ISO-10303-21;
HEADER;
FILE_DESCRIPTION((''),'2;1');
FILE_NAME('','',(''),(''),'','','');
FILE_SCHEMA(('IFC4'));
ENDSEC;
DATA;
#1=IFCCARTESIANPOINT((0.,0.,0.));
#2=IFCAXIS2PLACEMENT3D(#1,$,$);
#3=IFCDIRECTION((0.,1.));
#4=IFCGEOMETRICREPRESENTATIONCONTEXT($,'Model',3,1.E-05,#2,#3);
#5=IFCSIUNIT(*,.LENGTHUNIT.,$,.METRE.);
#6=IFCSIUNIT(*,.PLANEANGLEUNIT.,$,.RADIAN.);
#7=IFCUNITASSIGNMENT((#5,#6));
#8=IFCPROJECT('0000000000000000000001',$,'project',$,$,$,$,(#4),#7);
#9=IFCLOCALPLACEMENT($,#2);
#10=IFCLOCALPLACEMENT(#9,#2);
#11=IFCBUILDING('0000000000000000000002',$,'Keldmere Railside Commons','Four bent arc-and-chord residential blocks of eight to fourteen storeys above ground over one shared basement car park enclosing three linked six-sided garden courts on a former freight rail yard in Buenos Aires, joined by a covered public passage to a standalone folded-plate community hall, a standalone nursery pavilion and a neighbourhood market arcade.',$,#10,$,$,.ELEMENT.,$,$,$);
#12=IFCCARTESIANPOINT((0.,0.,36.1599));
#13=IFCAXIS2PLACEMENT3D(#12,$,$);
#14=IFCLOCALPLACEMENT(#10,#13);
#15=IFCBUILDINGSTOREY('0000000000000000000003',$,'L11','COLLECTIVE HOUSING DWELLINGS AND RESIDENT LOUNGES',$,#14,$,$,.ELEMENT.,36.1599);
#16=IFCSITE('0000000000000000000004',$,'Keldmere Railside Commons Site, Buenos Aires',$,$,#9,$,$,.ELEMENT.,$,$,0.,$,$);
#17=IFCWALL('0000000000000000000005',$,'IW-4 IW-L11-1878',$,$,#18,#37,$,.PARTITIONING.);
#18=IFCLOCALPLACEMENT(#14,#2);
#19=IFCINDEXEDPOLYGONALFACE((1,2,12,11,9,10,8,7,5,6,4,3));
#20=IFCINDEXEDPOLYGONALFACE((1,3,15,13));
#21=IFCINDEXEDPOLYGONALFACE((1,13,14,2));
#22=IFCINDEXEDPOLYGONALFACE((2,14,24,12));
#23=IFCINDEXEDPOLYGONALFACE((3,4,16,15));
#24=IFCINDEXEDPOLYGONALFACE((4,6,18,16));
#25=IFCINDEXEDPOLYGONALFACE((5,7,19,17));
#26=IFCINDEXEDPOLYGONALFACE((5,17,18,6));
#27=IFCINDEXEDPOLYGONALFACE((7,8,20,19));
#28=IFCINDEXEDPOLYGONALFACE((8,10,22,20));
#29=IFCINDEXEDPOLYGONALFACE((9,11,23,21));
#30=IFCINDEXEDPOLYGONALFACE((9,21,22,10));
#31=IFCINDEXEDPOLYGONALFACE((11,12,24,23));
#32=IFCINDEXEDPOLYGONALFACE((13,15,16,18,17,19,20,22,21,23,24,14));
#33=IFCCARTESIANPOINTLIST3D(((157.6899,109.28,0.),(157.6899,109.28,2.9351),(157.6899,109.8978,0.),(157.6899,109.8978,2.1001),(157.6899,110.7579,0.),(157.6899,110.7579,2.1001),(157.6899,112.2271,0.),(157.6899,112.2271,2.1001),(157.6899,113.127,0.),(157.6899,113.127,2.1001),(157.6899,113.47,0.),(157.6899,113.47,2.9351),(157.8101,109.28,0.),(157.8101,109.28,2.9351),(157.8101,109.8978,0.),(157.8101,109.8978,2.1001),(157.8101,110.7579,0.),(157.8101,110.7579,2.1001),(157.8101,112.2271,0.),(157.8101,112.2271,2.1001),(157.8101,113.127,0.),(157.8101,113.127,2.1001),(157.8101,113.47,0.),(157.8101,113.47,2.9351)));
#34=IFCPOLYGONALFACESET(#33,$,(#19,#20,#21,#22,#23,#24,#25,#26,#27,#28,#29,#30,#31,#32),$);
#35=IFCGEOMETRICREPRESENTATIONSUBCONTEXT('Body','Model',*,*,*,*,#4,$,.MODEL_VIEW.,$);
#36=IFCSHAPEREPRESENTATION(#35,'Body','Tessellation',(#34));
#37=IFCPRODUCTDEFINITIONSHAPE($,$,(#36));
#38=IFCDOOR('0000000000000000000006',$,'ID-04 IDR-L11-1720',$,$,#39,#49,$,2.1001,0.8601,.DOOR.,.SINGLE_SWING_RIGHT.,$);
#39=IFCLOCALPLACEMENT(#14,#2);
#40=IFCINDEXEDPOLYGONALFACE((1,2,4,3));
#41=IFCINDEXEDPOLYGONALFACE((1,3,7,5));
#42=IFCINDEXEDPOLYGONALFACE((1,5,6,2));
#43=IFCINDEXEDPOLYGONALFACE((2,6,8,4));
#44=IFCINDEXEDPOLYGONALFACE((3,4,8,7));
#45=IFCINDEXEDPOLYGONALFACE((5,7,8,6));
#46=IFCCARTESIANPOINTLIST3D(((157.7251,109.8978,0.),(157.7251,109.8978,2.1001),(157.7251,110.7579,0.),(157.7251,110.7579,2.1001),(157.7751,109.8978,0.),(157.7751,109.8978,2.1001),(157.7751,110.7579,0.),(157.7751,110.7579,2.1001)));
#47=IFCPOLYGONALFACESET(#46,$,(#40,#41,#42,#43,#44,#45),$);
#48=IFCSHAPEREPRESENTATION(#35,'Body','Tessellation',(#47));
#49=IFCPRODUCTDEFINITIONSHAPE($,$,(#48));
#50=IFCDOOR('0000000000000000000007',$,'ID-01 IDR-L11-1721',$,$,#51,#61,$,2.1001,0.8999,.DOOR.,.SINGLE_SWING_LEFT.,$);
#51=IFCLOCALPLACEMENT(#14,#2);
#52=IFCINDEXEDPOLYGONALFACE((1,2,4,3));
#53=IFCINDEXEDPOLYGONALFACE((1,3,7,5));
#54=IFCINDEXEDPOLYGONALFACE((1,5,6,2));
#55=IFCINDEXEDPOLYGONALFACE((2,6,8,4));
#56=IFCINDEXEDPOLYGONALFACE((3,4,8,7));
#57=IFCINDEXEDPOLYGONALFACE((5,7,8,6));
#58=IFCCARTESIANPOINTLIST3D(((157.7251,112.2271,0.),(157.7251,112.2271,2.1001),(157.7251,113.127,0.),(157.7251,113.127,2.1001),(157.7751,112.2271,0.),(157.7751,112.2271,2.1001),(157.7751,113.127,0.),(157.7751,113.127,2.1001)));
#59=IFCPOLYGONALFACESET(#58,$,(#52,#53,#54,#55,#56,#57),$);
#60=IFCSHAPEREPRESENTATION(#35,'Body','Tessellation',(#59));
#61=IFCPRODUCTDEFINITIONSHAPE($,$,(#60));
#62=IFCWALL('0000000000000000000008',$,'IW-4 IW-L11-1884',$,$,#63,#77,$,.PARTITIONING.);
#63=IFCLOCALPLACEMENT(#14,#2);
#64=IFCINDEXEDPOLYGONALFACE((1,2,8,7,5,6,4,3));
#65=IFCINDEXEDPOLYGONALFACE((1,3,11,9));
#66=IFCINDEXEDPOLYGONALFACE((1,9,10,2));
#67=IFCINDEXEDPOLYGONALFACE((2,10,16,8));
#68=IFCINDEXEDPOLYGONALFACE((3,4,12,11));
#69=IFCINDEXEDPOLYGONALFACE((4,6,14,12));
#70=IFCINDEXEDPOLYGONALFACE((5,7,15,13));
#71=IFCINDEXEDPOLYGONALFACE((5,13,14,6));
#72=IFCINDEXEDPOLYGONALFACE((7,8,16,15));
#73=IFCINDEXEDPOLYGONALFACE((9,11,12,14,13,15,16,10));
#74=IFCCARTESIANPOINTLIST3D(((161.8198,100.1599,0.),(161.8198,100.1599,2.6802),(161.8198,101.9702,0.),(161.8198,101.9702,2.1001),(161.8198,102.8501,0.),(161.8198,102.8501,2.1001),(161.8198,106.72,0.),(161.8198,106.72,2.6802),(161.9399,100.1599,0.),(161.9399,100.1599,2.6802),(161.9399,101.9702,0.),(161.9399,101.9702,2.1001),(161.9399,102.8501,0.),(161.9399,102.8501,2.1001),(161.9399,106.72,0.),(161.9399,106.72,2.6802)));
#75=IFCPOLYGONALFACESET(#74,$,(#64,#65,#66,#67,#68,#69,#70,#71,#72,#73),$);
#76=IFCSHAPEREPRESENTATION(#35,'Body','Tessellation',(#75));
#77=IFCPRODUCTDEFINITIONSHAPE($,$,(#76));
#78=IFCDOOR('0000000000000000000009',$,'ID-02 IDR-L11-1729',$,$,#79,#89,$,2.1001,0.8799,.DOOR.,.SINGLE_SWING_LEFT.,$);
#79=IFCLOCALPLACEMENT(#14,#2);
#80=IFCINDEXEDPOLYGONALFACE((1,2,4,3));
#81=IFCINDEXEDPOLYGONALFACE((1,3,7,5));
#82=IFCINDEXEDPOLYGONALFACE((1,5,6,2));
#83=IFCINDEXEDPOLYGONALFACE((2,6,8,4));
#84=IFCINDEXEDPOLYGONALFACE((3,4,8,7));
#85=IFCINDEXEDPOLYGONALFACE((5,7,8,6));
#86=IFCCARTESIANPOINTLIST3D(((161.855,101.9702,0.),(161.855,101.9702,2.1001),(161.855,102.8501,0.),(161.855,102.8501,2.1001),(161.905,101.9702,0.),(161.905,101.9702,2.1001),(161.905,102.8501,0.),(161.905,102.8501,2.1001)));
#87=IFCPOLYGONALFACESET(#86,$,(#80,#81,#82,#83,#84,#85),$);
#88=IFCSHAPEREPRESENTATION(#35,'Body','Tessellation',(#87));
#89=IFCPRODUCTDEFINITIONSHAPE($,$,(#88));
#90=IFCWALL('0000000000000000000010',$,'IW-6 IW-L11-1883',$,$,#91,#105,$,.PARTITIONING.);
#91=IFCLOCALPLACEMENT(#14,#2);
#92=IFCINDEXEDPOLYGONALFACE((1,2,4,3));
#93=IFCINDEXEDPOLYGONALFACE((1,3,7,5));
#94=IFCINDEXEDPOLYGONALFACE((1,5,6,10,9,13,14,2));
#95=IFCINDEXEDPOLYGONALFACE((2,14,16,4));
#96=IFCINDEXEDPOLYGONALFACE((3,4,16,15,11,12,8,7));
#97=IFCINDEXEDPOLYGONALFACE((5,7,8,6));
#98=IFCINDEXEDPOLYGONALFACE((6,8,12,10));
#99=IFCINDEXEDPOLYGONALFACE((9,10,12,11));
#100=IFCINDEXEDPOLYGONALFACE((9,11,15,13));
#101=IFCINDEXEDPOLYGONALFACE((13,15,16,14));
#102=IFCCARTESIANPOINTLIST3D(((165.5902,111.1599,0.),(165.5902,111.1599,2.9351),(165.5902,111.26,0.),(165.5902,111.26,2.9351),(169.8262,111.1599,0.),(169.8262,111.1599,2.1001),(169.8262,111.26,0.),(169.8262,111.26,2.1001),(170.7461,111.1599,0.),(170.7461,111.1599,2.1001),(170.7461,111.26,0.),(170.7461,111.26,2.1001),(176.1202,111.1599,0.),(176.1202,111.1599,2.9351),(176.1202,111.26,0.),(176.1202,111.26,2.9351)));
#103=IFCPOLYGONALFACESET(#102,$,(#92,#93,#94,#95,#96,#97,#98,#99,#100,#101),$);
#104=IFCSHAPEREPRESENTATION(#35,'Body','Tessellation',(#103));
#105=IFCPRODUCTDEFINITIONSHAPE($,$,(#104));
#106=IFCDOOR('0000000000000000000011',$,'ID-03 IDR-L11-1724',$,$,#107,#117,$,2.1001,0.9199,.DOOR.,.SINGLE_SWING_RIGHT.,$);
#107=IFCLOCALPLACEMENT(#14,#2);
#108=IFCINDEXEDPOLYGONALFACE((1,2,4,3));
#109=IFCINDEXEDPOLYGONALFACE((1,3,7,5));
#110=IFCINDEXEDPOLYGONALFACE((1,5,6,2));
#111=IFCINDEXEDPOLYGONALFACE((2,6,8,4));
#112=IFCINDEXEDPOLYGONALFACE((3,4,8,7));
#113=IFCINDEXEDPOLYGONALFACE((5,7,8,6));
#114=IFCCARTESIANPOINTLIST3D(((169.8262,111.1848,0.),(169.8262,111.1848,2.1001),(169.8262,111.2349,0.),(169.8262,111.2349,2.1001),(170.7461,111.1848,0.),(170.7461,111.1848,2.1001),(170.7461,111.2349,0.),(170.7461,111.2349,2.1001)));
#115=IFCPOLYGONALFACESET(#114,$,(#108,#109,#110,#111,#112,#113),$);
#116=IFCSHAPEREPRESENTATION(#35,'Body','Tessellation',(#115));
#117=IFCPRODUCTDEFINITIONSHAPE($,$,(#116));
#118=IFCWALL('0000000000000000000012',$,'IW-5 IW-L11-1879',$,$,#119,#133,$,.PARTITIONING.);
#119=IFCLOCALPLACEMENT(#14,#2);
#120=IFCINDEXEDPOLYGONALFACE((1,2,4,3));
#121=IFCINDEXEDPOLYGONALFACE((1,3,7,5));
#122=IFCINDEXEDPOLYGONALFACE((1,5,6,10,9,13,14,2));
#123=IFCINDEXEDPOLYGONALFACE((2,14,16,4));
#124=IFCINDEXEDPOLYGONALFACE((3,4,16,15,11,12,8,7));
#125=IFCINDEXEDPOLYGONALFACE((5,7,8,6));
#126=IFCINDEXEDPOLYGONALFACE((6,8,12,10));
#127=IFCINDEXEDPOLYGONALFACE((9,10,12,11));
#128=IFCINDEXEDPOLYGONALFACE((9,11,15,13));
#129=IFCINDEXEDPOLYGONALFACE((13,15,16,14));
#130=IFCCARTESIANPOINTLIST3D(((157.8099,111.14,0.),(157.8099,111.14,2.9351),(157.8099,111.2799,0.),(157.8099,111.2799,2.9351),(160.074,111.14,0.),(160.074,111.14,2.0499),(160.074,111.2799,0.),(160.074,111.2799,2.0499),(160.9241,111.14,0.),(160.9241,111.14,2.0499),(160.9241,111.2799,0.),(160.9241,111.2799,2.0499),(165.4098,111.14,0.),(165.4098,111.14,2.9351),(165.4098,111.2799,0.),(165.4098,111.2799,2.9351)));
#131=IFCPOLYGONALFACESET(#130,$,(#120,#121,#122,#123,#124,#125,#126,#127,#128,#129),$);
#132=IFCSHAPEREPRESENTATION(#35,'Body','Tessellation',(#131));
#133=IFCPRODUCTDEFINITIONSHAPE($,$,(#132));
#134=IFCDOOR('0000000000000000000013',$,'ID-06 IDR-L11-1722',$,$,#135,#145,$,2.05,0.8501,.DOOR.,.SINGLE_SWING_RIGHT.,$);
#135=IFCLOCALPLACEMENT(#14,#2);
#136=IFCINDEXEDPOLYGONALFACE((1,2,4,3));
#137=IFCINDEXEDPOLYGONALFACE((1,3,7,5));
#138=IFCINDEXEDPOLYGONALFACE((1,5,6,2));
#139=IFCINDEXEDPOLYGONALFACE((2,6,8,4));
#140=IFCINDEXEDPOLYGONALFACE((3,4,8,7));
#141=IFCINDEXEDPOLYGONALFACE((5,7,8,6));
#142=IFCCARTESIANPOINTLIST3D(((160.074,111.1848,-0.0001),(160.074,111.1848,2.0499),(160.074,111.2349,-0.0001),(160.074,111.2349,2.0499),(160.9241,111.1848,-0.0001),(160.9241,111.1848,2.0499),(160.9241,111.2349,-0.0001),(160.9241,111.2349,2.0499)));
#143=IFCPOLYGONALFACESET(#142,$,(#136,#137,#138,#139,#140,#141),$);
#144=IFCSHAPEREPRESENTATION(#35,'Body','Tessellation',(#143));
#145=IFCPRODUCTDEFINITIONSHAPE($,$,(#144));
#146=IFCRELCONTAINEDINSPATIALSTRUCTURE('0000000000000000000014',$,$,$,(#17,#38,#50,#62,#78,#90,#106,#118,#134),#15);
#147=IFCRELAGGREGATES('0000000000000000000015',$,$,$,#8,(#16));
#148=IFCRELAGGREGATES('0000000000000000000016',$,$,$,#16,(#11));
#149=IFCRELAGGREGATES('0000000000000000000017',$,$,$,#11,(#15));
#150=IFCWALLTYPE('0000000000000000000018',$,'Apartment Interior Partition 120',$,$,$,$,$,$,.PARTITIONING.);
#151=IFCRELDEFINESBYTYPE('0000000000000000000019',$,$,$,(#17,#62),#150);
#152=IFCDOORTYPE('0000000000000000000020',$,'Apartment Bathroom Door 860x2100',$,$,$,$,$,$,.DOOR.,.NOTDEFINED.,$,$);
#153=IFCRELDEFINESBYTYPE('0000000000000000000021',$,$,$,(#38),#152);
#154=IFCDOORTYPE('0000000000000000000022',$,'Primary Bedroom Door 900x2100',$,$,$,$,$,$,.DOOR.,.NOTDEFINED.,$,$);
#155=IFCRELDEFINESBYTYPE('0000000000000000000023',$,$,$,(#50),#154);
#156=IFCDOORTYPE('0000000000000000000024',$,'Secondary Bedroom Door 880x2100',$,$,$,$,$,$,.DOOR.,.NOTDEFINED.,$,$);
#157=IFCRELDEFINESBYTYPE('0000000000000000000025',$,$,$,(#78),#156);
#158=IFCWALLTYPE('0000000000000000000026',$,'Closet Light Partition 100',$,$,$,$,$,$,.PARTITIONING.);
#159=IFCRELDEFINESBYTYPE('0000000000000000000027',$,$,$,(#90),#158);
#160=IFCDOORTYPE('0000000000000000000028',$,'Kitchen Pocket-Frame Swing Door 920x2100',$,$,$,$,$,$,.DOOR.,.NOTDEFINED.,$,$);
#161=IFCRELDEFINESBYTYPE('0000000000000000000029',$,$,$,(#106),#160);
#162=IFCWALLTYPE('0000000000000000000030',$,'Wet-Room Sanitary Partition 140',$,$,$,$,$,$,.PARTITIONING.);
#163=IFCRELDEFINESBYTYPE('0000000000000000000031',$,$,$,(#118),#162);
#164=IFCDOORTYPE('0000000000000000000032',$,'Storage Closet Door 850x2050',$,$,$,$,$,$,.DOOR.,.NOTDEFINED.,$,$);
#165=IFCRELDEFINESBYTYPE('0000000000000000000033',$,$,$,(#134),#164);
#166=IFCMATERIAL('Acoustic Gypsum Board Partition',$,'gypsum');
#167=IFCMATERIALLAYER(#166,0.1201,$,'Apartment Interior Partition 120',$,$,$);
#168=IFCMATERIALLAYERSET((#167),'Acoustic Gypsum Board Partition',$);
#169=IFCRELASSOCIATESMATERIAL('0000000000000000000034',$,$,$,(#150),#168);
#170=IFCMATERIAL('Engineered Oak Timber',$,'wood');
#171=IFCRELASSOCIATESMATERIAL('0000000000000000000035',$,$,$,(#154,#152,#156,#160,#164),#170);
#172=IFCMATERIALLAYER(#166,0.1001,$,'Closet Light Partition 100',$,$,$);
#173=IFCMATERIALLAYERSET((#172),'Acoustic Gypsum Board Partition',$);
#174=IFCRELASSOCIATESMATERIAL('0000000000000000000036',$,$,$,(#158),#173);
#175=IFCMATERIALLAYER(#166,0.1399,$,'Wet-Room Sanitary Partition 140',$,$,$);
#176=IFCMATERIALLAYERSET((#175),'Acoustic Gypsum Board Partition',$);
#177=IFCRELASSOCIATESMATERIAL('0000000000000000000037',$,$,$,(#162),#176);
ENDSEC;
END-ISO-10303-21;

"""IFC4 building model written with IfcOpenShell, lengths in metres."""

from ifc_helpers import new_model, si_unit, direction, frame, frame_2d, origin, place, context, subcontext, project, spatial, rectangle, extrude, material, layer, layer_set, type_object, element, fill, save


model = new_model("IFC4")

# Units and contexts
model_context = context("Model", 3, precision=1e-05, world=origin(), true_north=direction((0.0, 1.0)))
body_context = subcontext(model_context, "Body", "Model", "MODEL_VIEW")
ifc_project = project(units=[si_unit("LENGTHUNIT", "METRE"), si_unit("PLANEANGLEUNIT", "RADIAN")], contexts=[model_context])

# Site, building, storey
site_placement = place(None, origin())
site = spatial("IfcSite", under=ifc_project, at=site_placement, Name="Keldmere Railside Commons Site, Buenos Aires", CompositionType="ELEMENT", RefElevation=0.0)
building_placement = place(site_placement, origin())
building = spatial("IfcBuilding", under=site, at=building_placement, Name="Keldmere Railside Commons", Description="Four bent arc-and-chord residential blocks of eight to fourteen storeys above ground over one shared basement car park enclosing three linked six-sided garden courts on a former freight rail yard in Buenos Aires, joined by a covered public passage to a standalone folded-plate community hall, a standalone nursery pavilion and a neighbourhood market arcade.", CompositionType="ELEMENT")
storey_placement = place(building_placement, frame((0.0, 0.0, 36.1599)))
storey = spatial("IfcBuildingStorey", under=building, at=storey_placement, Name="L11", Description="COLLECTIVE HOUSING DWELLINGS AND RESIDENT LOUNGES", CompositionType="ELEMENT", Elevation=36.1599)

# Shared definitions
ifc_material_1 = material(Name="Acoustic Gypsum Board Partition", Category="gypsum")

# Shared definitions
ifc_layer_1 = layer(ifc_material_1, 0.1201, Name="Apartment Interior Partition 120")
ifc_layer_set_1 = layer_set([ifc_layer_1], Name="Acoustic Gypsum Board Partition")
wall_type_1 = type_object("IfcWallType", Name="Apartment Interior Partition 120", PredefinedType="PARTITIONING", material=ifc_layer_set_1)
ifc_material_2 = material(Name="Engineered Oak Timber", Category="wood")
door_type_1 = type_object("IfcDoorType", Name="Primary Bedroom Door 900x2100", OperationType="NOTDEFINED", PredefinedType="DOOR", material=ifc_material_2)

# Wall, openings, doors
wall_1_placement = place(storey_placement, frame((157.75, 109.28, 0.0), z_axis=(0.0, 0.0, 1.0), x_axis=(0.0, 1.0, 0.0)))
wall_1 = element("IfcWall", 1, at=wall_1_placement, inside=storey, type_object=wall_type_1, Name="IW-4 IW-L11-1878", PredefinedType="PARTITIONING", context=body_context, shape_type="SweptSolid", body=[
    extrude(rectangle(XDim=4.1899, YDim=0.1201, at=frame_2d((2.095, 0.0))), origin(), (0.0, 0.0, 1.0), 2.9351),
])
opening_1_placement = place(wall_1_placement, frame((0.6177, 0.0, 0.0)))
opening_1 = element("IfcOpeningElement", 2, at=opening_1_placement, cuts=wall_1, PredefinedType="OPENING", context=body_context, shape_type="SweptSolid", body=[
    extrude(rectangle(XDim=0.8601, YDim=2.1001, at=frame_2d((0.4302, 1.05))), frame((0.0, 0.0701, 0.0), z_axis=(0.0, -1.0, 0.0), x_axis=(1.0, 0.0, 0.0)), (0.0, 0.0, 1.0), 0.1401),
])
opening_2_placement = place(wall_1_placement, frame((2.947, 0.0, 0.0)))
opening_2 = element("IfcOpeningElement", 3, at=opening_2_placement, cuts=wall_1, PredefinedType="OPENING", context=body_context, shape_type="SweptSolid", body=[
    extrude(rectangle(XDim=0.8999, YDim=2.1001, at=frame_2d((0.45, 1.05))), frame((0.0, 0.0701, 0.0), z_axis=(0.0, -1.0, 0.0), x_axis=(1.0, 0.0, 0.0)), (0.0, 0.0, 1.0), 0.1401),
])
door_type_2 = type_object("IfcDoorType", Name="Apartment Bathroom Door 860x2100", OperationType="NOTDEFINED", PredefinedType="DOOR", material=ifc_material_2)
door_1_placement = place(opening_1_placement, origin())
door_1 = element("IfcDoor", 4, at=door_1_placement, inside=storey, type_object=door_type_2, Name="ID-04 IDR-L11-1720", OperationType="SINGLE_SWING_RIGHT", OverallHeight=2.1001, OverallWidth=0.8601, PredefinedType="DOOR", context=body_context, shape_type="SweptSolid", body=[
    extrude(rectangle(XDim=0.8601, YDim=2.1001, at=frame_2d((0.4302, 1.05))), frame((0.0, 0.0249, 0.0), z_axis=(0.0, -1.0, 0.0), x_axis=(1.0, 0.0, 0.0)), (0.0, 0.0, 1.0), 0.05),
])
fill(opening_1, door_1)
door_2_placement = place(opening_2_placement, origin())
door_2 = element("IfcDoor", 5, at=door_2_placement, inside=storey, type_object=door_type_1, Name="ID-01 IDR-L11-1721", OperationType="SINGLE_SWING_LEFT", OverallHeight=2.1001, OverallWidth=0.8999, PredefinedType="DOOR", context=body_context, shape_type="SweptSolid", body=[
    extrude(rectangle(XDim=0.8999, YDim=2.1001, at=frame_2d((0.45, 1.05))), frame((0.0, 0.0249, 0.0), z_axis=(0.0, -1.0, 0.0), x_axis=(1.0, 0.0, 0.0)), (0.0, 0.0, 1.0), 0.05),
])
fill(opening_2, door_2)

# Walls, openings, doors
wall_2_placement = place(storey_placement, frame((161.8799, 100.1599, 0.0), z_axis=(0.0, 0.0, 1.0), x_axis=(0.0, 1.0, 0.0)))
wall_2 = element("IfcWall", 6, at=wall_2_placement, inside=storey, type_object=wall_type_1, Name="IW-4 IW-L11-1884", PredefinedType="PARTITIONING", context=body_context, shape_type="SweptSolid", body=[
    extrude(rectangle(XDim=6.5601, YDim=0.1201, at=frame_2d((3.28, 0.0))), origin(), (0.0, 0.0, 1.0), 2.6802),
])
opening_3_placement = place(wall_2_placement, frame((1.8103, 0.0, 0.0)))
opening_3 = element("IfcOpeningElement", 7, at=opening_3_placement, cuts=wall_2, PredefinedType="OPENING", context=body_context, shape_type="SweptSolid", body=[
    extrude(rectangle(XDim=0.8799, YDim=2.1001, at=frame_2d((0.4399, 1.05))), frame((0.0, 0.0701, 0.0), z_axis=(0.0, -1.0, 0.0), x_axis=(1.0, 0.0, 0.0)), (0.0, 0.0, 1.0), 0.1401),
])
door_type_3 = type_object("IfcDoorType", Name="Secondary Bedroom Door 880x2100", OperationType="NOTDEFINED", PredefinedType="DOOR", material=ifc_material_2)
door_3_placement = place(opening_3_placement, origin())
door_3 = element("IfcDoor", 8, at=door_3_placement, inside=storey, type_object=door_type_3, Name="ID-02 IDR-L11-1729", OperationType="SINGLE_SWING_LEFT", OverallHeight=2.1001, OverallWidth=0.8799, PredefinedType="DOOR", context=body_context, shape_type="SweptSolid", body=[
    extrude(rectangle(XDim=0.8799, YDim=2.1001, at=frame_2d((0.4399, 1.05))), frame((0.0, 0.0249, 0.0), z_axis=(0.0, -1.0, 0.0), x_axis=(1.0, 0.0, 0.0)), (0.0, 0.0, 1.0), 0.05),
])
fill(opening_3, door_3)
ifc_layer_2 = layer(ifc_material_1, 0.1001, Name="Closet Light Partition 100")
ifc_layer_set_2 = layer_set([ifc_layer_2], Name="Acoustic Gypsum Board Partition")
wall_type_2 = type_object("IfcWallType", Name="Closet Light Partition 100", PredefinedType="PARTITIONING", material=ifc_layer_set_2)
wall_3_placement = place(storey_placement, frame((165.5901, 111.21, 0.0), z_axis=(0.0, 0.0, 1.0), x_axis=(1.0, 0.0, 0.0)))
wall_3 = element("IfcWall", 9, at=wall_3_placement, inside=storey, type_object=wall_type_2, Name="IW-6 IW-L11-1883", PredefinedType="PARTITIONING", context=body_context, shape_type="SweptSolid", body=[
    extrude(rectangle(XDim=10.53, YDim=0.1001, at=frame_2d((5.2651, 0.0))), origin(), (0.0, 0.0, 1.0), 2.9351),
])
opening_4_placement = place(wall_3_placement, frame((4.2361, 0.0, 0.0)))
opening_4 = element("IfcOpeningElement", 10, at=opening_4_placement, cuts=wall_3, PredefinedType="OPENING", context=body_context, shape_type="SweptSolid", body=[
    extrude(rectangle(XDim=0.9199, YDim=2.1001, at=frame_2d((0.46, 1.05))), frame((0.0, 0.0601, 0.0), z_axis=(0.0, -1.0, 0.0), x_axis=(1.0, 0.0, 0.0)), (0.0, 0.0, 1.0), 0.1201),
])
door_type_4 = type_object("IfcDoorType", Name="Kitchen Pocket-Frame Swing Door 920x2100", OperationType="NOTDEFINED", PredefinedType="DOOR", material=ifc_material_2)
door_4_placement = place(opening_4_placement, origin())
door_4 = element("IfcDoor", 11, at=door_4_placement, inside=storey, type_object=door_type_4, Name="ID-03 IDR-L11-1724", OperationType="SINGLE_SWING_RIGHT", OverallHeight=2.1001, OverallWidth=0.9199, PredefinedType="DOOR", context=body_context, shape_type="SweptSolid", body=[
    extrude(rectangle(XDim=0.9199, YDim=2.1001, at=frame_2d((0.46, 1.05))), frame((0.0, 0.0249, 0.0), z_axis=(0.0, -1.0, 0.0), x_axis=(1.0, 0.0, 0.0)), (0.0, 0.0, 1.0), 0.05),
])
fill(opening_4, door_4)
ifc_layer_3 = layer(ifc_material_1, 0.1399, Name="Wet-Room Sanitary Partition 140")
ifc_layer_set_3 = layer_set([ifc_layer_3], Name="Acoustic Gypsum Board Partition")
wall_type_3 = type_object("IfcWallType", Name="Wet-Room Sanitary Partition 140", PredefinedType="PARTITIONING", material=ifc_layer_set_3)
wall_4_placement = place(storey_placement, frame((157.8101, 111.21, 0.0), z_axis=(0.0, 0.0, 1.0), x_axis=(1.0, 0.0, 0.0)))
wall_4 = element("IfcWall", 12, at=wall_4_placement, inside=storey, type_object=wall_type_3, Name="IW-5 IW-L11-1879", PredefinedType="PARTITIONING", context=body_context, shape_type="SweptSolid", body=[
    extrude(rectangle(XDim=7.5999, YDim=0.1399, at=frame_2d((3.7998, 0.0))), origin(), (0.0, 0.0, 1.0), 2.9351),
])
opening_5_placement = place(wall_4_placement, frame((2.2639, 0.0, 0.0)))
opening_5 = element("IfcOpeningElement", 13, at=opening_5_placement, cuts=wall_4, PredefinedType="OPENING", context=body_context, shape_type="SweptSolid", body=[
    extrude(rectangle(XDim=0.8501, YDim=2.05, at=frame_2d((0.425, 1.0249))), frame((0.0, 0.0798, 0.0), z_axis=(0.0, -1.0, 0.0), x_axis=(1.0, 0.0, 0.0)), (0.0, 0.0, 1.0), 0.1599),
])
door_type_5 = type_object("IfcDoorType", Name="Storage Closet Door 850x2050", OperationType="NOTDEFINED", PredefinedType="DOOR", material=ifc_material_2)
door_5_placement = place(opening_5_placement, origin())
door_5 = element("IfcDoor", 14, at=door_5_placement, inside=storey, type_object=door_type_5, Name="ID-06 IDR-L11-1722", OperationType="SINGLE_SWING_RIGHT", OverallHeight=2.05, OverallWidth=0.8501, PredefinedType="DOOR", context=body_context, shape_type="SweptSolid", body=[
    extrude(rectangle(XDim=0.8501, YDim=2.05, at=frame_2d((0.425, 1.0249))), frame((0.0, 0.0249, 0.0), z_axis=(0.0, -1.0, 0.0), x_axis=(1.0, 0.0, 0.0)), (0.0, 0.0, 1.0), 0.05),
])
fill(opening_5, door_5)

save(model, "model.ifc")
